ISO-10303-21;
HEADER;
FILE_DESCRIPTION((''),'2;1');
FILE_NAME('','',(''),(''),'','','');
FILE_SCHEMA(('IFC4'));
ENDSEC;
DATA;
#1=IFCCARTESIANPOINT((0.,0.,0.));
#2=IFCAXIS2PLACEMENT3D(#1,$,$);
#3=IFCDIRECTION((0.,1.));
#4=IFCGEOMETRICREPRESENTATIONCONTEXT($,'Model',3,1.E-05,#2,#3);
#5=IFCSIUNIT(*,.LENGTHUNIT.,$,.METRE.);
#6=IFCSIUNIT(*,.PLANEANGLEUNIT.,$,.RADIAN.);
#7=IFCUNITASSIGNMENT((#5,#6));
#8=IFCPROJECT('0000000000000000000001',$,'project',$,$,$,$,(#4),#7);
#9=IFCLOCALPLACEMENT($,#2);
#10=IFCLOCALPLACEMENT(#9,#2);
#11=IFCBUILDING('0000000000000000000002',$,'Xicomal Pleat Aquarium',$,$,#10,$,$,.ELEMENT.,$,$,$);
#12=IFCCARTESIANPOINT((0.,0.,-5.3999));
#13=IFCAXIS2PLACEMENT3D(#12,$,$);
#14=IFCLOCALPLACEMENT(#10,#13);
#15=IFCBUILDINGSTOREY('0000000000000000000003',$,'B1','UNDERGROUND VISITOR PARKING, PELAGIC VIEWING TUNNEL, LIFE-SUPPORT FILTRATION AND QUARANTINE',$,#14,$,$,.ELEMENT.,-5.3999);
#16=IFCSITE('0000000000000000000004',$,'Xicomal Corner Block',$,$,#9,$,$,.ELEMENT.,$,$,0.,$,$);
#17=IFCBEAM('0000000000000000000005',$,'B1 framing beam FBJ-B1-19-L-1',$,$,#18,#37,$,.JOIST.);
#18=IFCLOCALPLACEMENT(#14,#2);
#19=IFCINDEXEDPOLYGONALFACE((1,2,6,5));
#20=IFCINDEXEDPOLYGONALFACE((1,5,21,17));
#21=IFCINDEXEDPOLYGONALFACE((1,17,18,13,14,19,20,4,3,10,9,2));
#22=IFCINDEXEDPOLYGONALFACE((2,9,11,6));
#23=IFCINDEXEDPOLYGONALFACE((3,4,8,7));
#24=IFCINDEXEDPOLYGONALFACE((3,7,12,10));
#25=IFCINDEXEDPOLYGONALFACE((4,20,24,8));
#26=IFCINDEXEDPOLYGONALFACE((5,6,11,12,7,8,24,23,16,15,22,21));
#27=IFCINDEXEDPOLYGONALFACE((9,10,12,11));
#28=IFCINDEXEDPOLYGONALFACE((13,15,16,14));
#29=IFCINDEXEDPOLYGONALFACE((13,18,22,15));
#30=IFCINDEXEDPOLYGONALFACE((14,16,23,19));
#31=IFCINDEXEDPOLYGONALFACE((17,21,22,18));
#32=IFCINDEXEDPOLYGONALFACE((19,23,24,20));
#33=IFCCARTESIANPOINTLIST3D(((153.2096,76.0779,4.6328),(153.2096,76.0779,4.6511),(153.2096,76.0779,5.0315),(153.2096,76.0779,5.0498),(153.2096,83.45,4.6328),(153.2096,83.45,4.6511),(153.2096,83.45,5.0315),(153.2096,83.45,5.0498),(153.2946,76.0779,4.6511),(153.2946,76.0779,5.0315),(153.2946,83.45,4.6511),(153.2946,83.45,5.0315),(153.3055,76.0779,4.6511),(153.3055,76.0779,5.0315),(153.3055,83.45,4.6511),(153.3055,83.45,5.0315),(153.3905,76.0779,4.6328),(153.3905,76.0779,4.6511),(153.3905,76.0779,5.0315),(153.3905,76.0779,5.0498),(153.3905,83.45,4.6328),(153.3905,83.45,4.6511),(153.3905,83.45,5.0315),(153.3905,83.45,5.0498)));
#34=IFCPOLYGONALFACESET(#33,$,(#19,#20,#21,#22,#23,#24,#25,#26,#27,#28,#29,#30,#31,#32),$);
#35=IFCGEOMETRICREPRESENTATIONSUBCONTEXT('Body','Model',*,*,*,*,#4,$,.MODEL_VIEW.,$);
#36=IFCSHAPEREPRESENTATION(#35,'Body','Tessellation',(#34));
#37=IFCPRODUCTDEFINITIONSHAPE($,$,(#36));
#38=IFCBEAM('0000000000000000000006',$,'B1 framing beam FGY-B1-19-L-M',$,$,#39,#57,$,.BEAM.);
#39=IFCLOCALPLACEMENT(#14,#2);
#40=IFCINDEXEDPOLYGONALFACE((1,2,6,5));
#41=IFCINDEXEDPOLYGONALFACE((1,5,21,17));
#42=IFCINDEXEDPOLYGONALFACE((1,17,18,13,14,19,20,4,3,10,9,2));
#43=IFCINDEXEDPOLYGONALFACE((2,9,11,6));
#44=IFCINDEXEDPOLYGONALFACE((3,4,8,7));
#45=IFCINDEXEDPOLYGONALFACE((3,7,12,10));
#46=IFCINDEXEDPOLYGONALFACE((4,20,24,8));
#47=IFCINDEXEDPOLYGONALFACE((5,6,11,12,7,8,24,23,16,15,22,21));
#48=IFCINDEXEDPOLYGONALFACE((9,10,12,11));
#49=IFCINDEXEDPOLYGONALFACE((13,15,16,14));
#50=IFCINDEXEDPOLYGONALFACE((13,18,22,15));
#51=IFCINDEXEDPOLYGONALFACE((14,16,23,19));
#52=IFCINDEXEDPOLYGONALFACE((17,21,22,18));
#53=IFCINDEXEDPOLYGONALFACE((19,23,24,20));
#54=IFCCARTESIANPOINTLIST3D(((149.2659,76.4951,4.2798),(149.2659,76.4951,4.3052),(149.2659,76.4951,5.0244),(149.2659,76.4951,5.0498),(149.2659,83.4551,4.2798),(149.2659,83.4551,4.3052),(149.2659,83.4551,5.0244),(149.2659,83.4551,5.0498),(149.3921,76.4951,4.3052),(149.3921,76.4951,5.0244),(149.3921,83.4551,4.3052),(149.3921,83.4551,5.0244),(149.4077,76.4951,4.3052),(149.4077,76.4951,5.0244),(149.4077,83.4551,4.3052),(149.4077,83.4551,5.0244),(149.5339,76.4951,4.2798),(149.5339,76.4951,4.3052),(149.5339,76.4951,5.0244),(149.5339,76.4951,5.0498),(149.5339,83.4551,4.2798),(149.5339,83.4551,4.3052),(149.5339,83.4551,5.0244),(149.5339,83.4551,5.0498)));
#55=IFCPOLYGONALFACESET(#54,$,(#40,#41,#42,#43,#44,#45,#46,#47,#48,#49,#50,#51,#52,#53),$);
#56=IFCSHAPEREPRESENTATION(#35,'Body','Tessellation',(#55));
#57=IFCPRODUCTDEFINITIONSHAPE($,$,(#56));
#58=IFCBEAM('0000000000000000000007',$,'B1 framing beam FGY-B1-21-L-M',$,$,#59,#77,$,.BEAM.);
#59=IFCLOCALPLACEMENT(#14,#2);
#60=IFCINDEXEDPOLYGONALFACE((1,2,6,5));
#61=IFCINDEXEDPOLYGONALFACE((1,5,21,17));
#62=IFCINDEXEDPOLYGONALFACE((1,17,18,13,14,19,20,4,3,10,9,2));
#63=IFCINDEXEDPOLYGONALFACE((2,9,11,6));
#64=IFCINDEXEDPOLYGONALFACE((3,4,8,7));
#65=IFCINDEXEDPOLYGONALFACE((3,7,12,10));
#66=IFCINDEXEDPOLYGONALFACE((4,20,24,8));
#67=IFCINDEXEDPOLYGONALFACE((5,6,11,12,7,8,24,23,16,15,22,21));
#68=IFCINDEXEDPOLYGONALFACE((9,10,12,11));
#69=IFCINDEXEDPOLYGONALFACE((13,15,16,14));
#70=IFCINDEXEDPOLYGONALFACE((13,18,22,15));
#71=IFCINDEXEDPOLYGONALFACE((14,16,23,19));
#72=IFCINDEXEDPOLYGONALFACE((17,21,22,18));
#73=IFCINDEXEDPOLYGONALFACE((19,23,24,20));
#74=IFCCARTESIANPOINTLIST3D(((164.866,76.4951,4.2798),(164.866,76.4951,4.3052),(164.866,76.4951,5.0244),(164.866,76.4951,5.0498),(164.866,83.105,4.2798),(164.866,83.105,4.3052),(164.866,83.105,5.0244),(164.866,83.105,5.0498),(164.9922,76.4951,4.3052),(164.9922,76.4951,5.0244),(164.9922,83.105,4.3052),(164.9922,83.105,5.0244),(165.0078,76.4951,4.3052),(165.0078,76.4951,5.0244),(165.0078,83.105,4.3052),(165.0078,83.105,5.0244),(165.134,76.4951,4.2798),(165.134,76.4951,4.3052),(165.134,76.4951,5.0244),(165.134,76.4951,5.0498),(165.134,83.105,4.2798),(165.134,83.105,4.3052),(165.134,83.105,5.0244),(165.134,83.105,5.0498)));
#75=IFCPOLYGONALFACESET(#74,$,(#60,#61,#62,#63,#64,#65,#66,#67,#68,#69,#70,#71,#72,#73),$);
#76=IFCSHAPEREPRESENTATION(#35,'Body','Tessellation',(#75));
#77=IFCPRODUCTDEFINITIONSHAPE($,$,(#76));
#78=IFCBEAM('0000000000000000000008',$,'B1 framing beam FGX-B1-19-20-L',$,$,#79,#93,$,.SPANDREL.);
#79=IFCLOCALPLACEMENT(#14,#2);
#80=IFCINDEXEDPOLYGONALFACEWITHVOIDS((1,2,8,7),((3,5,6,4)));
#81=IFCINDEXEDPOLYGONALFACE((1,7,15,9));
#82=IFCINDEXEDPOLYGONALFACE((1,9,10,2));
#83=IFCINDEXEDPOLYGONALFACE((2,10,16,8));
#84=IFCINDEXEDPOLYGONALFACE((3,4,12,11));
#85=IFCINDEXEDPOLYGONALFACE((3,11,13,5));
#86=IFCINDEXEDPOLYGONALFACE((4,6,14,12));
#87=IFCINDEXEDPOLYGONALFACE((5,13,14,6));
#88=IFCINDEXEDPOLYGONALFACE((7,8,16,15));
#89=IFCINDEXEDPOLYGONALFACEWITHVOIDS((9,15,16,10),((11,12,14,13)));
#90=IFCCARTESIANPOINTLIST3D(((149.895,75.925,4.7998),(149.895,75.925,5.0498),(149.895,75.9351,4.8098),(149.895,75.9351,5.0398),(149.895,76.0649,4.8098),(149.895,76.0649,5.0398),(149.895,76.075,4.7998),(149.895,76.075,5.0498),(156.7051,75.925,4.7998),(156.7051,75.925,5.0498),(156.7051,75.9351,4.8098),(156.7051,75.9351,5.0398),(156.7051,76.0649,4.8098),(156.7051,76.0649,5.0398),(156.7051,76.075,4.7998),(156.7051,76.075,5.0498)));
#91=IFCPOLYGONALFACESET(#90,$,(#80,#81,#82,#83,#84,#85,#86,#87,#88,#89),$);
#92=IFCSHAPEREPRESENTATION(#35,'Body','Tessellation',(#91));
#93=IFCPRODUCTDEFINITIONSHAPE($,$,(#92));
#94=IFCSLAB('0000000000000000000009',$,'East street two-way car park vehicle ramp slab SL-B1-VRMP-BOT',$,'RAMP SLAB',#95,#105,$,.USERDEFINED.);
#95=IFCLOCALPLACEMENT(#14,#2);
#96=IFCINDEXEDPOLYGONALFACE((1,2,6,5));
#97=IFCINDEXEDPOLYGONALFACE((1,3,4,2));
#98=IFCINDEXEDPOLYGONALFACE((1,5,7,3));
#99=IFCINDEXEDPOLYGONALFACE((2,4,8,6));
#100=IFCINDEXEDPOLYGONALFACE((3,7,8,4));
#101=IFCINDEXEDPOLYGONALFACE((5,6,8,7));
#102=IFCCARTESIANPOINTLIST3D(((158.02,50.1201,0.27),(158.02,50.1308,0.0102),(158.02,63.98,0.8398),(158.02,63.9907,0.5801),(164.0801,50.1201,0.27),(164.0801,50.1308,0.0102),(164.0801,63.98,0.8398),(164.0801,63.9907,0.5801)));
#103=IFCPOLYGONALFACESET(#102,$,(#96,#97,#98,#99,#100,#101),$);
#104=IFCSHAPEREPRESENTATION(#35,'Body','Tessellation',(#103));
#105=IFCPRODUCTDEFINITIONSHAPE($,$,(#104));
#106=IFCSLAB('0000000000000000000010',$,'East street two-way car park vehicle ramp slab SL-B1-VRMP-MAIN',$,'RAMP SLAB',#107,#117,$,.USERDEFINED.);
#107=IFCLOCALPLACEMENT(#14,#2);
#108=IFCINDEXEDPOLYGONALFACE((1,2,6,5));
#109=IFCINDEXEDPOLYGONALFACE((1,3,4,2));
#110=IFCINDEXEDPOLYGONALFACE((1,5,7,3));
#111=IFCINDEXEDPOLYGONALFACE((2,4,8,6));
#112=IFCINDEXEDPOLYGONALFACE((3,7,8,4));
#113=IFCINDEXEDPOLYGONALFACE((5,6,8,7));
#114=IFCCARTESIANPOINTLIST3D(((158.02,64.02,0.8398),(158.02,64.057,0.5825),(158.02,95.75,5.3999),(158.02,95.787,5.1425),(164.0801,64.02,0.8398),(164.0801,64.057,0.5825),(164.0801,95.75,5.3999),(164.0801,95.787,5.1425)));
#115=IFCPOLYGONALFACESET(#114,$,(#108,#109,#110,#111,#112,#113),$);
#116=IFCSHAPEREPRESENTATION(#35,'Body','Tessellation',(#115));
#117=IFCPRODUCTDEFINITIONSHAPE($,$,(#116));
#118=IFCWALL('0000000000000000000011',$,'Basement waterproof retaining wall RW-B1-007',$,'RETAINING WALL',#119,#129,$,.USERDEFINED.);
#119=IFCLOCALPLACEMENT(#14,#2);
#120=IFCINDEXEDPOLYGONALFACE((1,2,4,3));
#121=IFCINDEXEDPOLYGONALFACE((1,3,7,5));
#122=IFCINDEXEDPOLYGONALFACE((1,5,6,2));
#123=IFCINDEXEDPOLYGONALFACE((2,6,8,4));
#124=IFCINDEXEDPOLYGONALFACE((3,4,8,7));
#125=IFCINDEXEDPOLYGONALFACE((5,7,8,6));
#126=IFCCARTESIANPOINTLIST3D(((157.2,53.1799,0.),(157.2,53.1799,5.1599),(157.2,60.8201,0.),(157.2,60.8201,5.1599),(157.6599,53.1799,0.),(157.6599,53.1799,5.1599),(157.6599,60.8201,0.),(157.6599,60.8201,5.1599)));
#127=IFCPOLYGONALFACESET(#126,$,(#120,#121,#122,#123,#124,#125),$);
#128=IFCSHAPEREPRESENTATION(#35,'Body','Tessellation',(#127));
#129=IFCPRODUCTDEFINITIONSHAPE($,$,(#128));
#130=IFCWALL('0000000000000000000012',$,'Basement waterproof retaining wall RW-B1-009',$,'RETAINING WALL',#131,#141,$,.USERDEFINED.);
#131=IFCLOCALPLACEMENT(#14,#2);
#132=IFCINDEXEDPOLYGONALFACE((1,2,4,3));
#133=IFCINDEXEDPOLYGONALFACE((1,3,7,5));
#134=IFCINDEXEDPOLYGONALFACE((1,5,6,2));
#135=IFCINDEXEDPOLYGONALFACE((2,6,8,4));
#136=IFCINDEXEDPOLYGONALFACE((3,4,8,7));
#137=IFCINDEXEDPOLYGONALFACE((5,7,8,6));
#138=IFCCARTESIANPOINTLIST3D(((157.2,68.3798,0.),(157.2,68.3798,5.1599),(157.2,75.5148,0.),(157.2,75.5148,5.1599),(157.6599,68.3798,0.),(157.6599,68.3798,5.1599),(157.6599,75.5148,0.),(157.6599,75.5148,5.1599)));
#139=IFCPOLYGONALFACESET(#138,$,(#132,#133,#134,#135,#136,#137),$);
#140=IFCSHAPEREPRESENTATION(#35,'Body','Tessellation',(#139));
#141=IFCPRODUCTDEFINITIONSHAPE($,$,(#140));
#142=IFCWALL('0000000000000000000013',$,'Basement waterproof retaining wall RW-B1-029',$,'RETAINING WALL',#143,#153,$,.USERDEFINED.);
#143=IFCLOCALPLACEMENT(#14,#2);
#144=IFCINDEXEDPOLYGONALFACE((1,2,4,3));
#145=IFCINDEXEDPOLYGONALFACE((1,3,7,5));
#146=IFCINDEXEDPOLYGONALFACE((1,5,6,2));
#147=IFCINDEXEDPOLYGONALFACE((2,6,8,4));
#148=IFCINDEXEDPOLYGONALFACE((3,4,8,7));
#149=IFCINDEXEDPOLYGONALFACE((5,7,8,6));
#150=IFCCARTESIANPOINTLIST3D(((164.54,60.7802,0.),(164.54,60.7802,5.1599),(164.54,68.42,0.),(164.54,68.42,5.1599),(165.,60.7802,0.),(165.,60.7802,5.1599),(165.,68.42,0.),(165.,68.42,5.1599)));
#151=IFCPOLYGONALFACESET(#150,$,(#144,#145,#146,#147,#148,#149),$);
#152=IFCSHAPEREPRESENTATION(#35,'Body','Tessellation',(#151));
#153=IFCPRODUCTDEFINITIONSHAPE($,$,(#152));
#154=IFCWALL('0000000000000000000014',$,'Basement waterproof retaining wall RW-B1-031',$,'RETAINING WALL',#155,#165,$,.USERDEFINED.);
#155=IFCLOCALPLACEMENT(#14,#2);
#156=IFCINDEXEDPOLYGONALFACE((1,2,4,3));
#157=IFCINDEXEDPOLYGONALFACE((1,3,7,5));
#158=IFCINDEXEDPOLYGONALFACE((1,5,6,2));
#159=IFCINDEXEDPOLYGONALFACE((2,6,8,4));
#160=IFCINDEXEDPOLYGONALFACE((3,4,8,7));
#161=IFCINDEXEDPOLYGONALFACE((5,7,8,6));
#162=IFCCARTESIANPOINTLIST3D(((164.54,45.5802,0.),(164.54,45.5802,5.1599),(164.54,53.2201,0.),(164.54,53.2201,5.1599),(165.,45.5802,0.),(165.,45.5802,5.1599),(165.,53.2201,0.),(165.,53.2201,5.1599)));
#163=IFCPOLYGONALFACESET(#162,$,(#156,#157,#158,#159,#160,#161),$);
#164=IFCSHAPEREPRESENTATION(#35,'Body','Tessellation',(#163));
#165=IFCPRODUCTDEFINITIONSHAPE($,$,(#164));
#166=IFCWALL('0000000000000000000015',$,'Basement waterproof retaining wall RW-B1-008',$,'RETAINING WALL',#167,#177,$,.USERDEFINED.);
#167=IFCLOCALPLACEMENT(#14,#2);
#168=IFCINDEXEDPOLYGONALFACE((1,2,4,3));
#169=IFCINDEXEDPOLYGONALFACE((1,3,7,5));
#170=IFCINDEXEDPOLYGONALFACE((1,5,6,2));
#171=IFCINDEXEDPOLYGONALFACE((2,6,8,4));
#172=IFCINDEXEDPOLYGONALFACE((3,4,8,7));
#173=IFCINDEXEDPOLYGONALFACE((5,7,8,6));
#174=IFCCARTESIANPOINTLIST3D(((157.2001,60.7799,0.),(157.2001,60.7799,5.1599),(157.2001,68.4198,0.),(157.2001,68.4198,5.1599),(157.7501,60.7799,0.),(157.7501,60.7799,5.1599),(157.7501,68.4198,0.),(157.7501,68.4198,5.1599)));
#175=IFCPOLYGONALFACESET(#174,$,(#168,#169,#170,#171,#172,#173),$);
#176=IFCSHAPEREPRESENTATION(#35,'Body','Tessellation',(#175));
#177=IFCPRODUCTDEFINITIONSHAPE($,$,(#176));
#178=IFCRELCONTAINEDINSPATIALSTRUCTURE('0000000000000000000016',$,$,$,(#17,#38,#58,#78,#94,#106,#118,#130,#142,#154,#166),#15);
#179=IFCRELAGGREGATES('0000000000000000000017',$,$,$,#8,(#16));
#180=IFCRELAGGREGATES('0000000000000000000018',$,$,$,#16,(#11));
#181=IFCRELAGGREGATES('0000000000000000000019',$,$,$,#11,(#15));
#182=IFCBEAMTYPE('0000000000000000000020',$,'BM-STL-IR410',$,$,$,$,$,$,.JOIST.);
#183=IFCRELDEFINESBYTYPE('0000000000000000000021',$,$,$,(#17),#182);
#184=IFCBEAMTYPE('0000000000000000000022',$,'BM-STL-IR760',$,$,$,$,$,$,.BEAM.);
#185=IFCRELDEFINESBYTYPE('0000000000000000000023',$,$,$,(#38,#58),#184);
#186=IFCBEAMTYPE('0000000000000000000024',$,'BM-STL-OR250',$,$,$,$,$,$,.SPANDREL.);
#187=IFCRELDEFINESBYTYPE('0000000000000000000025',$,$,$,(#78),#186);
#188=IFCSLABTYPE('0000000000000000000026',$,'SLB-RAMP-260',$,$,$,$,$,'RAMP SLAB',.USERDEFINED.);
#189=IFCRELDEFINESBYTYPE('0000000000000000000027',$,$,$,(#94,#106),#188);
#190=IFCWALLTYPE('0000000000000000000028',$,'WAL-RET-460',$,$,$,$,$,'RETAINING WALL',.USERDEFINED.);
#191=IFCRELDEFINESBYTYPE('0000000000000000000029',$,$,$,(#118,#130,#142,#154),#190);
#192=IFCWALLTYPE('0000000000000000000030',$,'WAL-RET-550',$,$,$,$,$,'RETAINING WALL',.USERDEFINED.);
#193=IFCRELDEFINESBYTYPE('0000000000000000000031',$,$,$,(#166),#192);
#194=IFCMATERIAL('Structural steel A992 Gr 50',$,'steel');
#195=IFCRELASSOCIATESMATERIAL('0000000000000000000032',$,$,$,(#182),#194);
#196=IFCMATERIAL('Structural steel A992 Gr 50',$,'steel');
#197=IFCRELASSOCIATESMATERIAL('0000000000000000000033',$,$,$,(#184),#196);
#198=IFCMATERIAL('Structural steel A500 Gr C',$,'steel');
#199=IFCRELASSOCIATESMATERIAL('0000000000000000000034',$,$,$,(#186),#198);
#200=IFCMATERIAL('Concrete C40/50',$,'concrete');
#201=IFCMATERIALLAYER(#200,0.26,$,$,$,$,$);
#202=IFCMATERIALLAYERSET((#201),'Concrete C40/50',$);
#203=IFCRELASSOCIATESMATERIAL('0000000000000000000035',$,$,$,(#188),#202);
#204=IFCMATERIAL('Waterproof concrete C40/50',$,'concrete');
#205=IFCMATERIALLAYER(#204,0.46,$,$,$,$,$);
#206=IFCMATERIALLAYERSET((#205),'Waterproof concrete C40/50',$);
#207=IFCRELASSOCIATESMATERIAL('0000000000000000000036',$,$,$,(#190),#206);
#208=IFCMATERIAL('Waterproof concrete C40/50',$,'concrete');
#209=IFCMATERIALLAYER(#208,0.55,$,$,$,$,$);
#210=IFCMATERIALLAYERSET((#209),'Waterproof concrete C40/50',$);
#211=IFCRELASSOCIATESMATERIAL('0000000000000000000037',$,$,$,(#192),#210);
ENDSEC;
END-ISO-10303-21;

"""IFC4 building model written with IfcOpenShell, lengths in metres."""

from ifc_helpers import new_model, si_unit, direction, frame, frame_2d, origin, origin_2d, place, context, subcontext, project, spatial, polyline, rectangle, hollow_rectangle, i_section, outline, extrude, material, layer, layer_set, material_profile, profile_set, type_object, element, save


model = new_model("IFC4")

# Units and contexts
model_context = context("Model", 3, precision=1e-05, world=origin(), true_north=direction((0.0, 1.0)))
body_context = subcontext(model_context, "Body", "Model", "MODEL_VIEW")
ifc_project = project(units=[si_unit("LENGTHUNIT", "METRE"), si_unit("PLANEANGLEUNIT", "RADIAN")], contexts=[model_context])

# Site, building, storey
site_placement = place(None, origin())
site = spatial("IfcSite", under=ifc_project, at=site_placement, Name="Xicomal Corner Block", CompositionType="ELEMENT", RefElevation=0.0)
building_placement = place(site_placement, origin())
building = spatial("IfcBuilding", under=site, at=building_placement, Name="Xicomal Pleat Aquarium", CompositionType="ELEMENT")
storey_placement = place(building_placement, frame((0.0, 0.0, -5.3999)))
storey = spatial("IfcBuildingStorey", under=building, at=storey_placement, Name="B1", Description="UNDERGROUND VISITOR PARKING, PELAGIC VIEWING TUNNEL, LIFE-SUPPORT FILTRATION AND QUARANTINE", CompositionType="ELEMENT", Elevation=-5.3999)

# Beams
ifc_material_1 = material(Name="Structural steel A992 Gr 50", Category="steel")
ifc_material_profile_1 = material_profile(ifc_material_1, i_section(OverallWidth=0.1809, OverallDepth=0.417, WebThickness=0.011, FlangeThickness=0.0183, at=origin_2d()), Name="IR 410x85")
ifc_profile_set_1 = profile_set([ifc_material_profile_1], Name="Structural steel A992 Gr 50")
beam_type_1 = type_object("IfcBeamType", Name="BM-STL-IR410", PredefinedType="JOIST", material=ifc_profile_set_1)
beam_1_placement = place(storey_placement, frame((153.3, 76.0779, 4.8413), z_axis=(0.0, 1.0, 0.0), x_axis=(-1.0, 0.0, 0.0)))
element("IfcBeam", 1, at=beam_1_placement, inside=storey, type_object=beam_type_1, Name="B1 framing beam FBJ-B1-19-L-1", PredefinedType="JOIST", context=body_context, shape_type="SweptSolid", body=[
    extrude(i_section(OverallWidth=0.1809, OverallDepth=0.417, WebThickness=0.011, FlangeThickness=0.0183, at=origin_2d()), origin(), (0.0, 0.0, 1.0), 7.3721),
])
ifc_material_2 = material(Name="Structural steel A992 Gr 50", Category="steel")
ifc_material_profile_2 = material_profile(ifc_material_2, i_section(OverallWidth=0.2681, OverallDepth=0.77, WebThickness=0.0156, FlangeThickness=0.0254, at=origin_2d()), Name="IR 760x196")
ifc_profile_set_2 = profile_set([ifc_material_profile_2], Name="Structural steel A992 Gr 50")
beam_type_2 = type_object("IfcBeamType", Name="BM-STL-IR760", PredefinedType="BEAM", material=ifc_profile_set_2)
beam_2_placement = place(storey_placement, frame((149.3999, 76.4951, 4.6648), z_axis=(0.0, 1.0, 0.0), x_axis=(-1.0, 0.0, 0.0)))
element("IfcBeam", 2, at=beam_2_placement, inside=storey, type_object=beam_type_2, Name="B1 framing beam FGY-B1-19-L-M", PredefinedType="BEAM", context=body_context, shape_type="SweptSolid", body=[
    extrude(i_section(OverallWidth=0.2681, OverallDepth=0.77, WebThickness=0.0156, FlangeThickness=0.0254, at=origin_2d()), origin(), (0.0, 0.0, 1.0), 6.96),
])
beam_3_placement = place(storey_placement, frame((165.0, 76.4951, 4.6648), z_axis=(0.0, 1.0, 0.0), x_axis=(-1.0, 0.0, 0.0)))
element("IfcBeam", 3, at=beam_3_placement, inside=storey, type_object=beam_type_2, Name="B1 framing beam FGY-B1-21-L-M", PredefinedType="BEAM", context=body_context, shape_type="SweptSolid", body=[
    extrude(i_section(OverallWidth=0.2681, OverallDepth=0.77, WebThickness=0.0156, FlangeThickness=0.0254, at=origin_2d()), origin(), (0.0, 0.0, 1.0), 6.6099),
])
ifc_material_3 = material(Name="Structural steel A500 Gr C", Category="steel")
ifc_material_profile_3 = material_profile(ifc_material_3, hollow_rectangle(XDim=0.1499, YDim=0.25, WallThickness=0.01, at=origin_2d()), Name="OR 250x150x10")
ifc_profile_set_3 = profile_set([ifc_material_profile_3], Name="Structural steel A500 Gr C")
beam_type_3 = type_object("IfcBeamType", Name="BM-STL-OR250", PredefinedType="SPANDREL", material=ifc_profile_set_3)
beam_4_placement = place(storey_placement, frame((149.895, 76.0, 4.9248), z_axis=(1.0, 0.0, 0.0), x_axis=(0.0, 1.0, 0.0)))
element("IfcBeam", 4, at=beam_4_placement, inside=storey, type_object=beam_type_3, Name="B1 framing beam FGX-B1-19-20-L", PredefinedType="SPANDREL", context=body_context, shape_type="SweptSolid", body=[
    extrude(hollow_rectangle(XDim=0.1499, YDim=0.25, WallThickness=0.01, at=origin_2d()), origin(), (0.0, 0.0, 1.0), 6.8101),
])

# Slabs
ifc_material_4 = material(Name="Concrete C40/50", Category="concrete")
ifc_layer_1 = layer(ifc_material_4, 0.26)
ifc_layer_set_1 = layer_set([ifc_layer_1], Name="Concrete C40/50")
slab_type = type_object("IfcSlabType", Name="SLB-RAMP-260", ElementType="RAMP SLAB", PredefinedType="USERDEFINED", material=ifc_layer_set_1)
slab_1_placement = place(storey_placement, frame((158.02, 50.1201, 0.27), z_axis=(0.0, -0.041079, 0.999156), x_axis=(1.0, 0.0, 0.0)))
element("IfcSlab", 5, at=slab_1_placement, inside=storey, type_object=slab_type, Name="East street two-way car park vehicle ramp slab SL-B1-VRMP-BOT", ObjectType="RAMP SLAB", PredefinedType="USERDEFINED", context=body_context, shape_type="SweptSolid", body=[
    extrude(outline(polyline([(0.0, 0.0), (6.0601, 0.0), (6.0601, 13.8716), (0.0, 13.8716), (0.0, 0.0)])), origin(), (0.0, 0.0, -1.0), 0.26),
])
slab_2_placement = place(storey_placement, frame((158.02, 64.02, 0.8398), z_axis=(0.0, -0.142253, 0.98983), x_axis=(1.0, 0.0, 0.0)))
element("IfcSlab", 6, at=slab_2_placement, inside=storey, type_object=slab_type, Name="East street two-way car park vehicle ramp slab SL-B1-VRMP-MAIN", ObjectType="RAMP SLAB", PredefinedType="USERDEFINED", context=body_context, shape_type="SweptSolid", body=[
    extrude(outline(polyline([(0.0, 0.0), (6.0601, 0.0), (6.0601, 32.056), (0.0, 32.056), (0.0, 0.0)])), origin(), (0.0, 0.0, -1.0), 0.26),
])

# Walls
ifc_material_5 = material(Name="Waterproof concrete C40/50", Category="concrete")
ifc_layer_2 = layer(ifc_material_5, 0.46)
ifc_layer_set_2 = layer_set([ifc_layer_2], Name="Waterproof concrete C40/50")
wall_type_1 = type_object("IfcWallType", Name="WAL-RET-460", ElementType="RETAINING WALL", PredefinedType="USERDEFINED", material=ifc_layer_set_2)
wall_1_placement = place(storey_placement, frame((157.4299, 53.1799, 0.0), z_axis=(0.0, 0.0, 1.0), x_axis=(0.0, 1.0, 0.0)))
element("IfcWall", 7, at=wall_1_placement, inside=storey, type_object=wall_type_1, Name="Basement waterproof retaining wall RW-B1-007", ObjectType="RETAINING WALL", PredefinedType="USERDEFINED", context=body_context, shape_type="SweptSolid", body=[
    extrude(rectangle(XDim=7.6401, YDim=0.46, at=frame_2d((3.8201, 0.0))), origin(), (0.0, 0.0, 1.0), 5.1599),
])
wall_2_placement = place(storey_placement, frame((157.4299, 68.3799, 0.0), z_axis=(0.0, 0.0, 1.0), x_axis=(0.0, 1.0, 0.0)))
element("IfcWall", 8, at=wall_2_placement, inside=storey, type_object=wall_type_1, Name="Basement waterproof retaining wall RW-B1-009", ObjectType="RETAINING WALL", PredefinedType="USERDEFINED", context=body_context, shape_type="SweptSolid", body=[
    extrude(rectangle(XDim=7.135, YDim=0.46, at=frame_2d((3.5674, 0.0))), origin(), (0.0, 0.0, 1.0), 5.1599),
])
for number, where, z_axis, x_axis, name in (
    (9, (164.77, 68.4199, 0.0), (0.0, 0.0, 1.0), (0.0, -1.0, 0.0), "Basement waterproof retaining wall RW-B1-029"),
    (10, (164.77, 53.22, 0.0), (0.0, 0.0, 1.0), (0.0, -1.0, 0.0), "Basement waterproof retaining wall RW-B1-031"),
):
    element("IfcWall", number, at=place(storey_placement, frame(where, z_axis=z_axis, x_axis=x_axis)), inside=storey, type_object=wall_type_1, Name=name, ObjectType="RETAINING WALL", PredefinedType="USERDEFINED", context=body_context, shape_type="SweptSolid", body=[
        extrude(rectangle(XDim=7.6399, YDim=0.46, at=frame_2d((3.8198, 0.0))), origin(), (0.0, 0.0, 1.0), 5.1599),
    ])
ifc_material_6 = material(Name="Waterproof concrete C40/50", Category="concrete")
ifc_layer_3 = layer(ifc_material_6, 0.55)
ifc_layer_set_3 = layer_set([ifc_layer_3], Name="Waterproof concrete C40/50")
wall_type_2 = type_object("IfcWallType", Name="WAL-RET-550", ElementType="RETAINING WALL", PredefinedType="USERDEFINED", material=ifc_layer_set_3)
wall_3_placement = place(storey_placement, frame((157.4751, 60.78, 0.0), z_axis=(0.0, 0.0, 1.0), x_axis=(0.0, 1.0, 0.0)))
element("IfcWall", 11, at=wall_3_placement, inside=storey, type_object=wall_type_2, Name="Basement waterproof retaining wall RW-B1-008", ObjectType="RETAINING WALL", PredefinedType="USERDEFINED", context=body_context, shape_type="SweptSolid", body=[
    extrude(rectangle(XDim=7.6399, YDim=0.55, at=frame_2d((3.8198, 0.0))), origin(), (0.0, 0.0, 1.0), 5.1599),
])

save(model, "model.ifc")
